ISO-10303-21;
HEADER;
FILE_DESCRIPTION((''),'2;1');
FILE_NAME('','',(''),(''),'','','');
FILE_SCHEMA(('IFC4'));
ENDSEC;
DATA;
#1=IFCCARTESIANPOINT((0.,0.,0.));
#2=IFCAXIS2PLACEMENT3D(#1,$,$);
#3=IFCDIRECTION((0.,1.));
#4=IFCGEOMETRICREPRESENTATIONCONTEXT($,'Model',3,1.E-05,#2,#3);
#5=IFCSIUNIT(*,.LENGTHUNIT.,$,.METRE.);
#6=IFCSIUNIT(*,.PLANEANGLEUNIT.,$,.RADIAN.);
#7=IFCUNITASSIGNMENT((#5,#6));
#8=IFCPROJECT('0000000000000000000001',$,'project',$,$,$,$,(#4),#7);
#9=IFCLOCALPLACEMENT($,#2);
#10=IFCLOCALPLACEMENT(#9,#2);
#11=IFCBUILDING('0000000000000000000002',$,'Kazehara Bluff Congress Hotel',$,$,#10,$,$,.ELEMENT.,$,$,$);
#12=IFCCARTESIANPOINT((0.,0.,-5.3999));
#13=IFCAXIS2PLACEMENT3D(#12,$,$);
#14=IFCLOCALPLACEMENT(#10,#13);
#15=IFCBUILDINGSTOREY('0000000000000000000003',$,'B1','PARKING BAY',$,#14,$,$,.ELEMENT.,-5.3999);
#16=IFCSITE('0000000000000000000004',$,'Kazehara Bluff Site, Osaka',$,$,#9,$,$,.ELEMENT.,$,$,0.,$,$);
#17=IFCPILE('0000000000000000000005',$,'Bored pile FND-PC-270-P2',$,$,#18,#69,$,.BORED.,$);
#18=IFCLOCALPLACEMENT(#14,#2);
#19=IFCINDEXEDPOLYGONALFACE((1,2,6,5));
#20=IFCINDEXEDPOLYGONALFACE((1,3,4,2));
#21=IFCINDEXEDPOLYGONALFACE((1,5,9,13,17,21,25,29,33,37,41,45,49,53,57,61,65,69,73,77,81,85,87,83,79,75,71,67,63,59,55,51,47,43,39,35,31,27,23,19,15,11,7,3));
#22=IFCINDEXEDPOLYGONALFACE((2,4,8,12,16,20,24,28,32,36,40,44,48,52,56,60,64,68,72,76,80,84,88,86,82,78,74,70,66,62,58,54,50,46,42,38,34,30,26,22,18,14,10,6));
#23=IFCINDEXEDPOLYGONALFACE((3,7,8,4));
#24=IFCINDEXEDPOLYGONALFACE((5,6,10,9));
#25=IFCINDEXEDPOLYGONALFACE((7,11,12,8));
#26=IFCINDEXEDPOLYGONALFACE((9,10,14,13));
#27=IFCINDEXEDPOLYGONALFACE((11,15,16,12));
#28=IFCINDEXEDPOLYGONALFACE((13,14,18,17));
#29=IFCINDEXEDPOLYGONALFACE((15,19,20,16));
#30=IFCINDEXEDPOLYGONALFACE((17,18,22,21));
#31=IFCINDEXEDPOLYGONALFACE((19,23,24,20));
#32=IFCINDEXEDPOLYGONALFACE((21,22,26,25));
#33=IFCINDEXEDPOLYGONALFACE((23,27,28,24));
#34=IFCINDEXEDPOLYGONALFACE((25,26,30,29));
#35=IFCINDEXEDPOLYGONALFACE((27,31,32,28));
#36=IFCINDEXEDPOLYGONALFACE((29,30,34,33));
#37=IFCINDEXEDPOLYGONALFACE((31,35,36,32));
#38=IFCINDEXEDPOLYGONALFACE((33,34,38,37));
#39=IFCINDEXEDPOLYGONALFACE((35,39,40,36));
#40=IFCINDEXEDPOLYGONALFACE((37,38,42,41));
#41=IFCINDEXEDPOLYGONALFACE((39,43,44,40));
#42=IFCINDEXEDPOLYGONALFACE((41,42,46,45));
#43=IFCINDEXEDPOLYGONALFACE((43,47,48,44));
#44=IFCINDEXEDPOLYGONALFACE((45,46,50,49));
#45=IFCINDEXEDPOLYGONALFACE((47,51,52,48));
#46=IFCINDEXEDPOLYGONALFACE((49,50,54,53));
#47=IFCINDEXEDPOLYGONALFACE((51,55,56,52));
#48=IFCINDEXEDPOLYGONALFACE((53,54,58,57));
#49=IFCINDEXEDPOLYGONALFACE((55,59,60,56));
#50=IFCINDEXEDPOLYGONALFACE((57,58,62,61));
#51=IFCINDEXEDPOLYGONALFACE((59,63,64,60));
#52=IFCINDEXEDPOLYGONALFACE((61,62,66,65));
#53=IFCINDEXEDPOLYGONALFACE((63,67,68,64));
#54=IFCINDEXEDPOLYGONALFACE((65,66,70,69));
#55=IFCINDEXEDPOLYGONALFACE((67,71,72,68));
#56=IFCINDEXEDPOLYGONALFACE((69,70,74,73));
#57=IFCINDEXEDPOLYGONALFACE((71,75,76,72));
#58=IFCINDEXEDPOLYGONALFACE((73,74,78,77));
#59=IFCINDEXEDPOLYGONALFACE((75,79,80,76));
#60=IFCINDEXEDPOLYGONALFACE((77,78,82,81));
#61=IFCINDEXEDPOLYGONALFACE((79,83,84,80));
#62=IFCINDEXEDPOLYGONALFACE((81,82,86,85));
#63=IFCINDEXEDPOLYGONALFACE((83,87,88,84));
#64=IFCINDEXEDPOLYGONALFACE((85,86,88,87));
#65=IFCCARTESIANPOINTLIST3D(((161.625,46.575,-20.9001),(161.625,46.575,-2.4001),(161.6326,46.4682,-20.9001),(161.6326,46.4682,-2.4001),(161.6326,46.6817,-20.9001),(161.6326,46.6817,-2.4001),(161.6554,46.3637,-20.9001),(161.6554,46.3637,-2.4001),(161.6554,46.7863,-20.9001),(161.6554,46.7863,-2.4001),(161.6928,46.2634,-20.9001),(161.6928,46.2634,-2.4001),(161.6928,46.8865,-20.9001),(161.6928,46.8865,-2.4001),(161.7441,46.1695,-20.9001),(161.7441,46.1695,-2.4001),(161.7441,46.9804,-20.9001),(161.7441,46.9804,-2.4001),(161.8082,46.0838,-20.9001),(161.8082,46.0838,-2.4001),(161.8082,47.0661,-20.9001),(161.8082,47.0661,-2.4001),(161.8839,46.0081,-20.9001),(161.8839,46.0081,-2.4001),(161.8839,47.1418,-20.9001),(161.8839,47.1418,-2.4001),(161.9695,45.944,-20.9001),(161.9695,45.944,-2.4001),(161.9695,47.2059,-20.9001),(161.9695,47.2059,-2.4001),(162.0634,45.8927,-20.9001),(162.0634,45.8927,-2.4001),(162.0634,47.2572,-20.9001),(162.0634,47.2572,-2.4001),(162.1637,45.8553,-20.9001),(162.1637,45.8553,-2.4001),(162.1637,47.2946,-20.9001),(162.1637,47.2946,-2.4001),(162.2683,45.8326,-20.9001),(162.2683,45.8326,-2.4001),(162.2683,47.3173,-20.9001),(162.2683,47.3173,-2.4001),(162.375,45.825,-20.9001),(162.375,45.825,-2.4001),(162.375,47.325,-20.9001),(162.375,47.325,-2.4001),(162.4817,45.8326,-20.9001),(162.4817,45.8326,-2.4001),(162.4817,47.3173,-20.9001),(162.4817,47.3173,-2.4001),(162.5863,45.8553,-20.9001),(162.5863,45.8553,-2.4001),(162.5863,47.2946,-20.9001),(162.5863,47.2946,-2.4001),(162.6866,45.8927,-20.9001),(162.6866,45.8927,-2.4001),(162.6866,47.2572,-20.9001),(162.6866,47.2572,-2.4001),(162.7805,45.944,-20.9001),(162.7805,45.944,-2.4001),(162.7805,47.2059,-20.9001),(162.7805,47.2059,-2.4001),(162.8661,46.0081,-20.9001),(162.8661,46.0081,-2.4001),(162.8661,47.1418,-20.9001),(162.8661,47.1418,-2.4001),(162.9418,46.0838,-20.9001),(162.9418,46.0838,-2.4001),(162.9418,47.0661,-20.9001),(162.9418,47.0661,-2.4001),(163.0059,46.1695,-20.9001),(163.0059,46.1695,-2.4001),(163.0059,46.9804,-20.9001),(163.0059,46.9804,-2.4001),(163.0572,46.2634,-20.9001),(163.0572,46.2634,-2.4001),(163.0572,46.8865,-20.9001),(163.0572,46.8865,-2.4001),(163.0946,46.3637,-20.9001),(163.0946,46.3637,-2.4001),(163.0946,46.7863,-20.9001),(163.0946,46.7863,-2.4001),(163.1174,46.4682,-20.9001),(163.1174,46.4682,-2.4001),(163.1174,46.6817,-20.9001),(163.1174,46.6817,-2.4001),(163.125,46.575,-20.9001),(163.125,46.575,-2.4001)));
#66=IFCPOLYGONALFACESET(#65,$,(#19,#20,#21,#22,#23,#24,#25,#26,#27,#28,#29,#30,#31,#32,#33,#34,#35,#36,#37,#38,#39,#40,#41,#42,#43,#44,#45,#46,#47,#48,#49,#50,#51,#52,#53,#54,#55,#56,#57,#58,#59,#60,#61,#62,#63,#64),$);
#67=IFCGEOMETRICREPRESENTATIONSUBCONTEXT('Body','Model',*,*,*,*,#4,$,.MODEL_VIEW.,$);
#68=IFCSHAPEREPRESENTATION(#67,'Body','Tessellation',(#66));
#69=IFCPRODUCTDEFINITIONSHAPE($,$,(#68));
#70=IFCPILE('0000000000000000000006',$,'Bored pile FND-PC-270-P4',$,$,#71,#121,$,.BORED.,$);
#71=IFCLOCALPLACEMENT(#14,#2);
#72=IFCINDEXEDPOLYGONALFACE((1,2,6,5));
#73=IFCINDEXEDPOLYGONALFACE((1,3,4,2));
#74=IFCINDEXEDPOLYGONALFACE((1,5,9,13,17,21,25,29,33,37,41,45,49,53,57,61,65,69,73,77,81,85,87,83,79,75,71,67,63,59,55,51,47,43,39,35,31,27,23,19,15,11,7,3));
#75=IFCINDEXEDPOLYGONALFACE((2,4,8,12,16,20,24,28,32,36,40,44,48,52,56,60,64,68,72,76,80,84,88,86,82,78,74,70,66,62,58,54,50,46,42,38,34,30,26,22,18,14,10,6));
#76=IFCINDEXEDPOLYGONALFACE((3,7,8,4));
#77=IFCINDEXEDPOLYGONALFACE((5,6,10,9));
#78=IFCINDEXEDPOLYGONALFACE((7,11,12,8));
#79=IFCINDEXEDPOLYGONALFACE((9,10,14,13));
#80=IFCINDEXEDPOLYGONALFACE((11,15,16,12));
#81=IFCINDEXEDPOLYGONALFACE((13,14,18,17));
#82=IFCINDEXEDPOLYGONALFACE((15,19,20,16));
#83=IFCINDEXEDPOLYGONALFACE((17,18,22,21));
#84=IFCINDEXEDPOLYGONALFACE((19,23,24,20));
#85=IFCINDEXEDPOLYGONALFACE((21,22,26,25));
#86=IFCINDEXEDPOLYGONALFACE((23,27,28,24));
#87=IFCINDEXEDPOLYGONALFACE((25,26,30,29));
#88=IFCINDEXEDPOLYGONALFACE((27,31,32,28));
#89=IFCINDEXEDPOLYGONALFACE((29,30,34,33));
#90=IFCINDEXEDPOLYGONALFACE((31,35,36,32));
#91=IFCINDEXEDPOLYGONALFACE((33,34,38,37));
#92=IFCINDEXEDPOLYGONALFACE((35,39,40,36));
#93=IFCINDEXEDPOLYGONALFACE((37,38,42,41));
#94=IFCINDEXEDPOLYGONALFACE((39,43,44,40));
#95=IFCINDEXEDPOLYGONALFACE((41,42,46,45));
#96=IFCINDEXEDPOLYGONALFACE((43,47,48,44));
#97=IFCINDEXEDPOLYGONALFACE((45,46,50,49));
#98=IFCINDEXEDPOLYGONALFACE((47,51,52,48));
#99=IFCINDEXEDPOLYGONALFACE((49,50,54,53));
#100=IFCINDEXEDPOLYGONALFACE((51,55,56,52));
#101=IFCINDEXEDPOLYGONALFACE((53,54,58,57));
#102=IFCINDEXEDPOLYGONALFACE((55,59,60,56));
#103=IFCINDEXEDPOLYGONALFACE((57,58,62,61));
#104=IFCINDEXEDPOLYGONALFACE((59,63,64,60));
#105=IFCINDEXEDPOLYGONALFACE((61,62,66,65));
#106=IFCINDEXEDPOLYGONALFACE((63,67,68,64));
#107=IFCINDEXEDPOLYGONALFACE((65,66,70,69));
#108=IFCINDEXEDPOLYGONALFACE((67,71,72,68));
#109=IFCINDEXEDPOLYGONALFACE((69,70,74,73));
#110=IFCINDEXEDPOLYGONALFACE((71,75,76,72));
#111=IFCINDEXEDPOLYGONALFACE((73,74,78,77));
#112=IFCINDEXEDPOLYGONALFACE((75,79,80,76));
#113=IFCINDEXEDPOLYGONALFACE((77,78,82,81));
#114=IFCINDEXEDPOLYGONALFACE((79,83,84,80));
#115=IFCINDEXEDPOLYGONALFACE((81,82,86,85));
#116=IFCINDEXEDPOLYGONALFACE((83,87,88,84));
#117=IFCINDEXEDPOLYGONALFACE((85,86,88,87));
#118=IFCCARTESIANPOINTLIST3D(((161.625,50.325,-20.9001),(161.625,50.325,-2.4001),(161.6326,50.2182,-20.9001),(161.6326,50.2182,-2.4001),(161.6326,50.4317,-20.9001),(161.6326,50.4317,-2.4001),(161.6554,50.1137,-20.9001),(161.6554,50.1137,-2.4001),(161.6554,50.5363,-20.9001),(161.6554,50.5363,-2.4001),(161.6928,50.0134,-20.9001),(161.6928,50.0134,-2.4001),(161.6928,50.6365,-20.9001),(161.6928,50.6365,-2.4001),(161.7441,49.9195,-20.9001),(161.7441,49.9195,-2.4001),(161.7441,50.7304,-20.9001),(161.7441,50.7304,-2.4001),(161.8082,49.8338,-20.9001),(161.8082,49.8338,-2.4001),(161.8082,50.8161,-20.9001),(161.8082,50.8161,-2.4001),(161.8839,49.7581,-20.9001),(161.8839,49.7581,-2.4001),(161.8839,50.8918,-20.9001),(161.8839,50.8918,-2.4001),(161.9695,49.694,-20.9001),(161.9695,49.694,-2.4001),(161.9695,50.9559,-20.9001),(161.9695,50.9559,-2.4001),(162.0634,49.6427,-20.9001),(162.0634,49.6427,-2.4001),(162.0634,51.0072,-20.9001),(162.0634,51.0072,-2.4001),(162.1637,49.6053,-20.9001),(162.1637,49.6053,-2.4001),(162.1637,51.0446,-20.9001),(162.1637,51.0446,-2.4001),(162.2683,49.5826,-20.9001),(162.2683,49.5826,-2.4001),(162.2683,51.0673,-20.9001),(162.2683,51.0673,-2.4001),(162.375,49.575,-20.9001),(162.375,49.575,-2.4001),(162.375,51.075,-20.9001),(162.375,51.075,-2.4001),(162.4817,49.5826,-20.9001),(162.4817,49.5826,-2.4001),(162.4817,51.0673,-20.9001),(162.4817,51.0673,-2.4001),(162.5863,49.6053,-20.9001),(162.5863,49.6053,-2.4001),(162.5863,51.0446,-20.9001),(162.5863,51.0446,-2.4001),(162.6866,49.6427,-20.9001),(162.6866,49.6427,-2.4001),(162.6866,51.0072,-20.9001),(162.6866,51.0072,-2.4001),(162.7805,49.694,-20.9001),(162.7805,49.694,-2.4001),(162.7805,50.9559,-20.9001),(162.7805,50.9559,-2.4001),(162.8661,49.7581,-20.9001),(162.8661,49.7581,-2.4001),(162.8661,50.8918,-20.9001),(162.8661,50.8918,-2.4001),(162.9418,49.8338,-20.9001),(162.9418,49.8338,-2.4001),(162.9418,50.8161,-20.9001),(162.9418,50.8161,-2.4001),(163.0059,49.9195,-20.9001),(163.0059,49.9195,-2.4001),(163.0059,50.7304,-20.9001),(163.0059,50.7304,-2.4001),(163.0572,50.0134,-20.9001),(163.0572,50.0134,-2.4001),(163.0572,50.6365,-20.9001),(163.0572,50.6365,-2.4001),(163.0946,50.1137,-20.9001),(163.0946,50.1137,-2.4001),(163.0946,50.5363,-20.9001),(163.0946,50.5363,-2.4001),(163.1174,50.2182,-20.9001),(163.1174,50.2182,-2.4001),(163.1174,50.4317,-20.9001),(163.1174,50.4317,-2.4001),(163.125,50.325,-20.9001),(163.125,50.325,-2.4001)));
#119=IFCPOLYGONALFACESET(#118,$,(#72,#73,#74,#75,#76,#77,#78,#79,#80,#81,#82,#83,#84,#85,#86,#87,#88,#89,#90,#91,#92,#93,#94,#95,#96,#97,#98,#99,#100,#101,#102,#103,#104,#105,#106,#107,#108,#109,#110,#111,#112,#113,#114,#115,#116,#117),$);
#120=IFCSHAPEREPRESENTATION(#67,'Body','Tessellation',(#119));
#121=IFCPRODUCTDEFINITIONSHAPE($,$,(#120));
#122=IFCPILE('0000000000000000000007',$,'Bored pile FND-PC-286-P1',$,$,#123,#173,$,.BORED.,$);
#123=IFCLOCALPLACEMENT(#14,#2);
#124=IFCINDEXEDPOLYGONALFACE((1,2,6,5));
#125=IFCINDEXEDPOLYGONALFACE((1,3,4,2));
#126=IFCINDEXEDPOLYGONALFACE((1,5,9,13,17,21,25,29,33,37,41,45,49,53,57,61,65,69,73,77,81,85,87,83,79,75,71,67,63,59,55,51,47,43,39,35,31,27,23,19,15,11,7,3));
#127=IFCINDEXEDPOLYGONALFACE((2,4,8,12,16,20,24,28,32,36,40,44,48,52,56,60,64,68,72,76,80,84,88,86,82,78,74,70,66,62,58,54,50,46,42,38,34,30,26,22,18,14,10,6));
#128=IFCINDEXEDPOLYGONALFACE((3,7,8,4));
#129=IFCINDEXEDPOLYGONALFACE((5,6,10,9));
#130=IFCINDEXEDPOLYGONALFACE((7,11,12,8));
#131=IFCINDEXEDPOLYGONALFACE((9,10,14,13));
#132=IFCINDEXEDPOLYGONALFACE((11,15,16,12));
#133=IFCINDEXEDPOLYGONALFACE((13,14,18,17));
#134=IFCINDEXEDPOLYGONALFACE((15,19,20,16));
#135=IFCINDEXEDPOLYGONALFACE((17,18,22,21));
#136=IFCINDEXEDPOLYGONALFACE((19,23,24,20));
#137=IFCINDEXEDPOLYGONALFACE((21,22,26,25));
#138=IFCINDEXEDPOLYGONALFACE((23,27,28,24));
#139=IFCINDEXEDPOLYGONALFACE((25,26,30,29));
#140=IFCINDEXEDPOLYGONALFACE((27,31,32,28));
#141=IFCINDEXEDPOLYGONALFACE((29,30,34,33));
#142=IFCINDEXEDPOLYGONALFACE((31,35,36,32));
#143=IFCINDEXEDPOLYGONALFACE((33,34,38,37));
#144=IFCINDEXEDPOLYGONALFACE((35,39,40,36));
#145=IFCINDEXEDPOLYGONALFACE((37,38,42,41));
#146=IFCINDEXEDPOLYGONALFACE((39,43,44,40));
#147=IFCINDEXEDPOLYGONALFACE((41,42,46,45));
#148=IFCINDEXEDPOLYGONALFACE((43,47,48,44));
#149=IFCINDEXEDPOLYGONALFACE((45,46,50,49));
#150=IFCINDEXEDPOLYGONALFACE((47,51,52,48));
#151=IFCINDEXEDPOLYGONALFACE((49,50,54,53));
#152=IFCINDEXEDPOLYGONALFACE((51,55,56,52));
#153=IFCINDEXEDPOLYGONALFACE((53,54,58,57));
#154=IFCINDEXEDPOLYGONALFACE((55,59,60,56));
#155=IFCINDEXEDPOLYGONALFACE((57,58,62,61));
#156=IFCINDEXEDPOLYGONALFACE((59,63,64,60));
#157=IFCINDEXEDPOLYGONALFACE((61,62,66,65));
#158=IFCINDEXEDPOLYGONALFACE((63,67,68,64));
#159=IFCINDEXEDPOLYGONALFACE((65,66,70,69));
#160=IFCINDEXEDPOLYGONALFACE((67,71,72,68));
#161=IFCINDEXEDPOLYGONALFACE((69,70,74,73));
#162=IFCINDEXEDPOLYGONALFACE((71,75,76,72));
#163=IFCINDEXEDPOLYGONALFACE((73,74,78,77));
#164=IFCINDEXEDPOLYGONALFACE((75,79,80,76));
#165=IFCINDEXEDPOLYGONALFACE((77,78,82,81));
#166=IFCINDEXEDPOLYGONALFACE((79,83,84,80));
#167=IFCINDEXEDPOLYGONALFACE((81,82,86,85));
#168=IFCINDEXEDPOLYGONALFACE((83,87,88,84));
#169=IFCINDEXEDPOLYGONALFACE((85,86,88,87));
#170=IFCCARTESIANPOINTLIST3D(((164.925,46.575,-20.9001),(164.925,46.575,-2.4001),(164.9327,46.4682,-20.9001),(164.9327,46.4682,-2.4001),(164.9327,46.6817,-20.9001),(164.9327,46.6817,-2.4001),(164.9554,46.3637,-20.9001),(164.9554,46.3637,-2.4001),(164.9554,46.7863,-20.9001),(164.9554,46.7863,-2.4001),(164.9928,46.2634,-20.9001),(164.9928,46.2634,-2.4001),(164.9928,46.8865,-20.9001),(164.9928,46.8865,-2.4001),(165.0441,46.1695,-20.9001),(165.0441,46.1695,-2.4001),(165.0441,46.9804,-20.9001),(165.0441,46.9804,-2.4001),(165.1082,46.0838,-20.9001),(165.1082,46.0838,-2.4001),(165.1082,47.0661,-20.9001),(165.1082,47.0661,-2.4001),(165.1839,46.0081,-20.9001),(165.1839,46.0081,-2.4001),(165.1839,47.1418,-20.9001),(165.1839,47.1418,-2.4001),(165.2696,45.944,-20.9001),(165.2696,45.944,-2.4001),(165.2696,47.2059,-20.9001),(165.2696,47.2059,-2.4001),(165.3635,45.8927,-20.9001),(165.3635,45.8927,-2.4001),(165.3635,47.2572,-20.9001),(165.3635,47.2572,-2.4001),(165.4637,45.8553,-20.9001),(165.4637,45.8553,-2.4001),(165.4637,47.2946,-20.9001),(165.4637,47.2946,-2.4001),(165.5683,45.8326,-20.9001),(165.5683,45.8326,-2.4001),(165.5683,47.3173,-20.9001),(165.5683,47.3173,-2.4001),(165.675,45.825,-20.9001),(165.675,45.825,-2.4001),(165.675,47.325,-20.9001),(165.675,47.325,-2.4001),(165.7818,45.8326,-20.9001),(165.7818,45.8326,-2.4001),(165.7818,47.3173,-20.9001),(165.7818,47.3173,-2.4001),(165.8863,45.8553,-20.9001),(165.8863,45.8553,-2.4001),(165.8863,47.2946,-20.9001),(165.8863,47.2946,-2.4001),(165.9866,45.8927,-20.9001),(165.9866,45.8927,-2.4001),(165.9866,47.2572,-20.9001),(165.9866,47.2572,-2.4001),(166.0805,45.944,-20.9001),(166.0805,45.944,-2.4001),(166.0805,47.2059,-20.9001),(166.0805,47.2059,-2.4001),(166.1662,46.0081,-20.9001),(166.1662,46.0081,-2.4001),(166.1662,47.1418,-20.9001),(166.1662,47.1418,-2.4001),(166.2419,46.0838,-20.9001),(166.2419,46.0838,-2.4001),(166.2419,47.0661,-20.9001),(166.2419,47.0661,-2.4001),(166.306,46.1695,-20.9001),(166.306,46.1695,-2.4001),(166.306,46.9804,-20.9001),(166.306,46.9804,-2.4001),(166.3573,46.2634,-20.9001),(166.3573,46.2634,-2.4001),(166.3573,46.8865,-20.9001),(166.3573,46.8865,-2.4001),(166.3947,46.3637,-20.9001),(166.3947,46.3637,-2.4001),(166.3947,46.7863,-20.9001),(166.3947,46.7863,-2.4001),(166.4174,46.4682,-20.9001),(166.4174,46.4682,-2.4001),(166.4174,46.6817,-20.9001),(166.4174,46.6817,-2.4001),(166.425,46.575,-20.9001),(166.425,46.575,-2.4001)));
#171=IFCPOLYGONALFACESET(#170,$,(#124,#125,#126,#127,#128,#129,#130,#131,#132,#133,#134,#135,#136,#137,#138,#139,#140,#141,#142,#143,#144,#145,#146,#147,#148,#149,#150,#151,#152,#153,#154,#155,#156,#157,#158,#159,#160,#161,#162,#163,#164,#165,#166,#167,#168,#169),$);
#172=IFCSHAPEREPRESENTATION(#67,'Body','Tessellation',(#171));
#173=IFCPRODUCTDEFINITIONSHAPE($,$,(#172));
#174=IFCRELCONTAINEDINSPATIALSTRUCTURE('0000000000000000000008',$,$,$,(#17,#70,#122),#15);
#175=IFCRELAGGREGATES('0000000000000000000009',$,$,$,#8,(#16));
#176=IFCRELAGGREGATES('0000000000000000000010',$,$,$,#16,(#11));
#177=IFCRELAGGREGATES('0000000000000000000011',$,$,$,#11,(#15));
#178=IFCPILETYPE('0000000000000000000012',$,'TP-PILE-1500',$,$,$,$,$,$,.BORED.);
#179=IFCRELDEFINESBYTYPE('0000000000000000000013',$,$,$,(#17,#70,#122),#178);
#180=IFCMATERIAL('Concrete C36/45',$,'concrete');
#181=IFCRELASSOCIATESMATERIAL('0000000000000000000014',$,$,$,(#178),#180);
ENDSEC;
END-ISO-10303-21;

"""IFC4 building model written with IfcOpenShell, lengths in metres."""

from ifc_helpers import new_model, si_unit, direction, frame, origin, origin_2d, place, context, subcontext, project, spatial, circle, extrude, material, material_profile, profile_set, type_object, element, save


model = new_model("IFC4")

# Units and contexts
model_context = context("Model", 3, precision=1e-05, world=origin(), true_north=direction((0.0, 1.0)))
body_context = subcontext(model_context, "Body", "Model", "MODEL_VIEW")
ifc_project = project(units=[si_unit("LENGTHUNIT", "METRE"), si_unit("PLANEANGLEUNIT", "RADIAN")], contexts=[model_context])

# Site, building, storey
site_placement = place(None, origin())
site = spatial("IfcSite", under=ifc_project, at=site_placement, Name="Kazehara Bluff Site, Osaka", CompositionType="ELEMENT", RefElevation=0.0)
building_placement = place(site_placement, origin())
building = spatial("IfcBuilding", under=site, at=building_placement, Name="Kazehara Bluff Congress Hotel", CompositionType="ELEMENT")
storey_placement = place(building_placement, frame((0.0, 0.0, -5.3999)))
storey = spatial("IfcBuildingStorey", under=building, at=storey_placement, Name="B1", Description="PARKING BAY", CompositionType="ELEMENT", Elevation=-5.3999)

# Piles
ifc_material_1 = material(Name="Concrete C36/45", Category="concrete")
ifc_material_profile_1 = material_profile(ifc_material_1, circle(Radius=0.75, at=origin_2d()))
ifc_profile_set_1 = profile_set([ifc_material_profile_1], Name="Concrete C36/45")
pile_type_1 = type_object("IfcPileType", Name="TP-PILE-1500", PredefinedType="BORED", material=ifc_profile_set_1)
for number, where, z_axis, x_axis, name in (
    (1, (162.375, 46.575, -2.4001), (0.0, 0.0, -1.0), (1.0, 0.0, 0.0), "Bored pile FND-PC-270-P2"),
    (2, (162.375, 50.325, -2.4001), (0.0, 0.0, -1.0), (1.0, 0.0, 0.0), "Bored pile FND-PC-270-P4"),
    (3, (165.675, 46.575, -2.4001), (0.0, 0.0, -1.0), (1.0, 0.0, 0.0), "Bored pile FND-PC-286-P1"),
):
    element("IfcPile", number, at=place(storey_placement, frame(where, z_axis=z_axis, x_axis=x_axis)), inside=storey, type_object=pile_type_1, Name=name, PredefinedType="BORED", context=body_context, shape_type="SweptSolid", body=[
        extrude(circle(Radius=0.75, at=origin_2d()), origin(), (0.0, 0.0, 1.0), 18.5),
    ])

save(model, "model.ifc")
